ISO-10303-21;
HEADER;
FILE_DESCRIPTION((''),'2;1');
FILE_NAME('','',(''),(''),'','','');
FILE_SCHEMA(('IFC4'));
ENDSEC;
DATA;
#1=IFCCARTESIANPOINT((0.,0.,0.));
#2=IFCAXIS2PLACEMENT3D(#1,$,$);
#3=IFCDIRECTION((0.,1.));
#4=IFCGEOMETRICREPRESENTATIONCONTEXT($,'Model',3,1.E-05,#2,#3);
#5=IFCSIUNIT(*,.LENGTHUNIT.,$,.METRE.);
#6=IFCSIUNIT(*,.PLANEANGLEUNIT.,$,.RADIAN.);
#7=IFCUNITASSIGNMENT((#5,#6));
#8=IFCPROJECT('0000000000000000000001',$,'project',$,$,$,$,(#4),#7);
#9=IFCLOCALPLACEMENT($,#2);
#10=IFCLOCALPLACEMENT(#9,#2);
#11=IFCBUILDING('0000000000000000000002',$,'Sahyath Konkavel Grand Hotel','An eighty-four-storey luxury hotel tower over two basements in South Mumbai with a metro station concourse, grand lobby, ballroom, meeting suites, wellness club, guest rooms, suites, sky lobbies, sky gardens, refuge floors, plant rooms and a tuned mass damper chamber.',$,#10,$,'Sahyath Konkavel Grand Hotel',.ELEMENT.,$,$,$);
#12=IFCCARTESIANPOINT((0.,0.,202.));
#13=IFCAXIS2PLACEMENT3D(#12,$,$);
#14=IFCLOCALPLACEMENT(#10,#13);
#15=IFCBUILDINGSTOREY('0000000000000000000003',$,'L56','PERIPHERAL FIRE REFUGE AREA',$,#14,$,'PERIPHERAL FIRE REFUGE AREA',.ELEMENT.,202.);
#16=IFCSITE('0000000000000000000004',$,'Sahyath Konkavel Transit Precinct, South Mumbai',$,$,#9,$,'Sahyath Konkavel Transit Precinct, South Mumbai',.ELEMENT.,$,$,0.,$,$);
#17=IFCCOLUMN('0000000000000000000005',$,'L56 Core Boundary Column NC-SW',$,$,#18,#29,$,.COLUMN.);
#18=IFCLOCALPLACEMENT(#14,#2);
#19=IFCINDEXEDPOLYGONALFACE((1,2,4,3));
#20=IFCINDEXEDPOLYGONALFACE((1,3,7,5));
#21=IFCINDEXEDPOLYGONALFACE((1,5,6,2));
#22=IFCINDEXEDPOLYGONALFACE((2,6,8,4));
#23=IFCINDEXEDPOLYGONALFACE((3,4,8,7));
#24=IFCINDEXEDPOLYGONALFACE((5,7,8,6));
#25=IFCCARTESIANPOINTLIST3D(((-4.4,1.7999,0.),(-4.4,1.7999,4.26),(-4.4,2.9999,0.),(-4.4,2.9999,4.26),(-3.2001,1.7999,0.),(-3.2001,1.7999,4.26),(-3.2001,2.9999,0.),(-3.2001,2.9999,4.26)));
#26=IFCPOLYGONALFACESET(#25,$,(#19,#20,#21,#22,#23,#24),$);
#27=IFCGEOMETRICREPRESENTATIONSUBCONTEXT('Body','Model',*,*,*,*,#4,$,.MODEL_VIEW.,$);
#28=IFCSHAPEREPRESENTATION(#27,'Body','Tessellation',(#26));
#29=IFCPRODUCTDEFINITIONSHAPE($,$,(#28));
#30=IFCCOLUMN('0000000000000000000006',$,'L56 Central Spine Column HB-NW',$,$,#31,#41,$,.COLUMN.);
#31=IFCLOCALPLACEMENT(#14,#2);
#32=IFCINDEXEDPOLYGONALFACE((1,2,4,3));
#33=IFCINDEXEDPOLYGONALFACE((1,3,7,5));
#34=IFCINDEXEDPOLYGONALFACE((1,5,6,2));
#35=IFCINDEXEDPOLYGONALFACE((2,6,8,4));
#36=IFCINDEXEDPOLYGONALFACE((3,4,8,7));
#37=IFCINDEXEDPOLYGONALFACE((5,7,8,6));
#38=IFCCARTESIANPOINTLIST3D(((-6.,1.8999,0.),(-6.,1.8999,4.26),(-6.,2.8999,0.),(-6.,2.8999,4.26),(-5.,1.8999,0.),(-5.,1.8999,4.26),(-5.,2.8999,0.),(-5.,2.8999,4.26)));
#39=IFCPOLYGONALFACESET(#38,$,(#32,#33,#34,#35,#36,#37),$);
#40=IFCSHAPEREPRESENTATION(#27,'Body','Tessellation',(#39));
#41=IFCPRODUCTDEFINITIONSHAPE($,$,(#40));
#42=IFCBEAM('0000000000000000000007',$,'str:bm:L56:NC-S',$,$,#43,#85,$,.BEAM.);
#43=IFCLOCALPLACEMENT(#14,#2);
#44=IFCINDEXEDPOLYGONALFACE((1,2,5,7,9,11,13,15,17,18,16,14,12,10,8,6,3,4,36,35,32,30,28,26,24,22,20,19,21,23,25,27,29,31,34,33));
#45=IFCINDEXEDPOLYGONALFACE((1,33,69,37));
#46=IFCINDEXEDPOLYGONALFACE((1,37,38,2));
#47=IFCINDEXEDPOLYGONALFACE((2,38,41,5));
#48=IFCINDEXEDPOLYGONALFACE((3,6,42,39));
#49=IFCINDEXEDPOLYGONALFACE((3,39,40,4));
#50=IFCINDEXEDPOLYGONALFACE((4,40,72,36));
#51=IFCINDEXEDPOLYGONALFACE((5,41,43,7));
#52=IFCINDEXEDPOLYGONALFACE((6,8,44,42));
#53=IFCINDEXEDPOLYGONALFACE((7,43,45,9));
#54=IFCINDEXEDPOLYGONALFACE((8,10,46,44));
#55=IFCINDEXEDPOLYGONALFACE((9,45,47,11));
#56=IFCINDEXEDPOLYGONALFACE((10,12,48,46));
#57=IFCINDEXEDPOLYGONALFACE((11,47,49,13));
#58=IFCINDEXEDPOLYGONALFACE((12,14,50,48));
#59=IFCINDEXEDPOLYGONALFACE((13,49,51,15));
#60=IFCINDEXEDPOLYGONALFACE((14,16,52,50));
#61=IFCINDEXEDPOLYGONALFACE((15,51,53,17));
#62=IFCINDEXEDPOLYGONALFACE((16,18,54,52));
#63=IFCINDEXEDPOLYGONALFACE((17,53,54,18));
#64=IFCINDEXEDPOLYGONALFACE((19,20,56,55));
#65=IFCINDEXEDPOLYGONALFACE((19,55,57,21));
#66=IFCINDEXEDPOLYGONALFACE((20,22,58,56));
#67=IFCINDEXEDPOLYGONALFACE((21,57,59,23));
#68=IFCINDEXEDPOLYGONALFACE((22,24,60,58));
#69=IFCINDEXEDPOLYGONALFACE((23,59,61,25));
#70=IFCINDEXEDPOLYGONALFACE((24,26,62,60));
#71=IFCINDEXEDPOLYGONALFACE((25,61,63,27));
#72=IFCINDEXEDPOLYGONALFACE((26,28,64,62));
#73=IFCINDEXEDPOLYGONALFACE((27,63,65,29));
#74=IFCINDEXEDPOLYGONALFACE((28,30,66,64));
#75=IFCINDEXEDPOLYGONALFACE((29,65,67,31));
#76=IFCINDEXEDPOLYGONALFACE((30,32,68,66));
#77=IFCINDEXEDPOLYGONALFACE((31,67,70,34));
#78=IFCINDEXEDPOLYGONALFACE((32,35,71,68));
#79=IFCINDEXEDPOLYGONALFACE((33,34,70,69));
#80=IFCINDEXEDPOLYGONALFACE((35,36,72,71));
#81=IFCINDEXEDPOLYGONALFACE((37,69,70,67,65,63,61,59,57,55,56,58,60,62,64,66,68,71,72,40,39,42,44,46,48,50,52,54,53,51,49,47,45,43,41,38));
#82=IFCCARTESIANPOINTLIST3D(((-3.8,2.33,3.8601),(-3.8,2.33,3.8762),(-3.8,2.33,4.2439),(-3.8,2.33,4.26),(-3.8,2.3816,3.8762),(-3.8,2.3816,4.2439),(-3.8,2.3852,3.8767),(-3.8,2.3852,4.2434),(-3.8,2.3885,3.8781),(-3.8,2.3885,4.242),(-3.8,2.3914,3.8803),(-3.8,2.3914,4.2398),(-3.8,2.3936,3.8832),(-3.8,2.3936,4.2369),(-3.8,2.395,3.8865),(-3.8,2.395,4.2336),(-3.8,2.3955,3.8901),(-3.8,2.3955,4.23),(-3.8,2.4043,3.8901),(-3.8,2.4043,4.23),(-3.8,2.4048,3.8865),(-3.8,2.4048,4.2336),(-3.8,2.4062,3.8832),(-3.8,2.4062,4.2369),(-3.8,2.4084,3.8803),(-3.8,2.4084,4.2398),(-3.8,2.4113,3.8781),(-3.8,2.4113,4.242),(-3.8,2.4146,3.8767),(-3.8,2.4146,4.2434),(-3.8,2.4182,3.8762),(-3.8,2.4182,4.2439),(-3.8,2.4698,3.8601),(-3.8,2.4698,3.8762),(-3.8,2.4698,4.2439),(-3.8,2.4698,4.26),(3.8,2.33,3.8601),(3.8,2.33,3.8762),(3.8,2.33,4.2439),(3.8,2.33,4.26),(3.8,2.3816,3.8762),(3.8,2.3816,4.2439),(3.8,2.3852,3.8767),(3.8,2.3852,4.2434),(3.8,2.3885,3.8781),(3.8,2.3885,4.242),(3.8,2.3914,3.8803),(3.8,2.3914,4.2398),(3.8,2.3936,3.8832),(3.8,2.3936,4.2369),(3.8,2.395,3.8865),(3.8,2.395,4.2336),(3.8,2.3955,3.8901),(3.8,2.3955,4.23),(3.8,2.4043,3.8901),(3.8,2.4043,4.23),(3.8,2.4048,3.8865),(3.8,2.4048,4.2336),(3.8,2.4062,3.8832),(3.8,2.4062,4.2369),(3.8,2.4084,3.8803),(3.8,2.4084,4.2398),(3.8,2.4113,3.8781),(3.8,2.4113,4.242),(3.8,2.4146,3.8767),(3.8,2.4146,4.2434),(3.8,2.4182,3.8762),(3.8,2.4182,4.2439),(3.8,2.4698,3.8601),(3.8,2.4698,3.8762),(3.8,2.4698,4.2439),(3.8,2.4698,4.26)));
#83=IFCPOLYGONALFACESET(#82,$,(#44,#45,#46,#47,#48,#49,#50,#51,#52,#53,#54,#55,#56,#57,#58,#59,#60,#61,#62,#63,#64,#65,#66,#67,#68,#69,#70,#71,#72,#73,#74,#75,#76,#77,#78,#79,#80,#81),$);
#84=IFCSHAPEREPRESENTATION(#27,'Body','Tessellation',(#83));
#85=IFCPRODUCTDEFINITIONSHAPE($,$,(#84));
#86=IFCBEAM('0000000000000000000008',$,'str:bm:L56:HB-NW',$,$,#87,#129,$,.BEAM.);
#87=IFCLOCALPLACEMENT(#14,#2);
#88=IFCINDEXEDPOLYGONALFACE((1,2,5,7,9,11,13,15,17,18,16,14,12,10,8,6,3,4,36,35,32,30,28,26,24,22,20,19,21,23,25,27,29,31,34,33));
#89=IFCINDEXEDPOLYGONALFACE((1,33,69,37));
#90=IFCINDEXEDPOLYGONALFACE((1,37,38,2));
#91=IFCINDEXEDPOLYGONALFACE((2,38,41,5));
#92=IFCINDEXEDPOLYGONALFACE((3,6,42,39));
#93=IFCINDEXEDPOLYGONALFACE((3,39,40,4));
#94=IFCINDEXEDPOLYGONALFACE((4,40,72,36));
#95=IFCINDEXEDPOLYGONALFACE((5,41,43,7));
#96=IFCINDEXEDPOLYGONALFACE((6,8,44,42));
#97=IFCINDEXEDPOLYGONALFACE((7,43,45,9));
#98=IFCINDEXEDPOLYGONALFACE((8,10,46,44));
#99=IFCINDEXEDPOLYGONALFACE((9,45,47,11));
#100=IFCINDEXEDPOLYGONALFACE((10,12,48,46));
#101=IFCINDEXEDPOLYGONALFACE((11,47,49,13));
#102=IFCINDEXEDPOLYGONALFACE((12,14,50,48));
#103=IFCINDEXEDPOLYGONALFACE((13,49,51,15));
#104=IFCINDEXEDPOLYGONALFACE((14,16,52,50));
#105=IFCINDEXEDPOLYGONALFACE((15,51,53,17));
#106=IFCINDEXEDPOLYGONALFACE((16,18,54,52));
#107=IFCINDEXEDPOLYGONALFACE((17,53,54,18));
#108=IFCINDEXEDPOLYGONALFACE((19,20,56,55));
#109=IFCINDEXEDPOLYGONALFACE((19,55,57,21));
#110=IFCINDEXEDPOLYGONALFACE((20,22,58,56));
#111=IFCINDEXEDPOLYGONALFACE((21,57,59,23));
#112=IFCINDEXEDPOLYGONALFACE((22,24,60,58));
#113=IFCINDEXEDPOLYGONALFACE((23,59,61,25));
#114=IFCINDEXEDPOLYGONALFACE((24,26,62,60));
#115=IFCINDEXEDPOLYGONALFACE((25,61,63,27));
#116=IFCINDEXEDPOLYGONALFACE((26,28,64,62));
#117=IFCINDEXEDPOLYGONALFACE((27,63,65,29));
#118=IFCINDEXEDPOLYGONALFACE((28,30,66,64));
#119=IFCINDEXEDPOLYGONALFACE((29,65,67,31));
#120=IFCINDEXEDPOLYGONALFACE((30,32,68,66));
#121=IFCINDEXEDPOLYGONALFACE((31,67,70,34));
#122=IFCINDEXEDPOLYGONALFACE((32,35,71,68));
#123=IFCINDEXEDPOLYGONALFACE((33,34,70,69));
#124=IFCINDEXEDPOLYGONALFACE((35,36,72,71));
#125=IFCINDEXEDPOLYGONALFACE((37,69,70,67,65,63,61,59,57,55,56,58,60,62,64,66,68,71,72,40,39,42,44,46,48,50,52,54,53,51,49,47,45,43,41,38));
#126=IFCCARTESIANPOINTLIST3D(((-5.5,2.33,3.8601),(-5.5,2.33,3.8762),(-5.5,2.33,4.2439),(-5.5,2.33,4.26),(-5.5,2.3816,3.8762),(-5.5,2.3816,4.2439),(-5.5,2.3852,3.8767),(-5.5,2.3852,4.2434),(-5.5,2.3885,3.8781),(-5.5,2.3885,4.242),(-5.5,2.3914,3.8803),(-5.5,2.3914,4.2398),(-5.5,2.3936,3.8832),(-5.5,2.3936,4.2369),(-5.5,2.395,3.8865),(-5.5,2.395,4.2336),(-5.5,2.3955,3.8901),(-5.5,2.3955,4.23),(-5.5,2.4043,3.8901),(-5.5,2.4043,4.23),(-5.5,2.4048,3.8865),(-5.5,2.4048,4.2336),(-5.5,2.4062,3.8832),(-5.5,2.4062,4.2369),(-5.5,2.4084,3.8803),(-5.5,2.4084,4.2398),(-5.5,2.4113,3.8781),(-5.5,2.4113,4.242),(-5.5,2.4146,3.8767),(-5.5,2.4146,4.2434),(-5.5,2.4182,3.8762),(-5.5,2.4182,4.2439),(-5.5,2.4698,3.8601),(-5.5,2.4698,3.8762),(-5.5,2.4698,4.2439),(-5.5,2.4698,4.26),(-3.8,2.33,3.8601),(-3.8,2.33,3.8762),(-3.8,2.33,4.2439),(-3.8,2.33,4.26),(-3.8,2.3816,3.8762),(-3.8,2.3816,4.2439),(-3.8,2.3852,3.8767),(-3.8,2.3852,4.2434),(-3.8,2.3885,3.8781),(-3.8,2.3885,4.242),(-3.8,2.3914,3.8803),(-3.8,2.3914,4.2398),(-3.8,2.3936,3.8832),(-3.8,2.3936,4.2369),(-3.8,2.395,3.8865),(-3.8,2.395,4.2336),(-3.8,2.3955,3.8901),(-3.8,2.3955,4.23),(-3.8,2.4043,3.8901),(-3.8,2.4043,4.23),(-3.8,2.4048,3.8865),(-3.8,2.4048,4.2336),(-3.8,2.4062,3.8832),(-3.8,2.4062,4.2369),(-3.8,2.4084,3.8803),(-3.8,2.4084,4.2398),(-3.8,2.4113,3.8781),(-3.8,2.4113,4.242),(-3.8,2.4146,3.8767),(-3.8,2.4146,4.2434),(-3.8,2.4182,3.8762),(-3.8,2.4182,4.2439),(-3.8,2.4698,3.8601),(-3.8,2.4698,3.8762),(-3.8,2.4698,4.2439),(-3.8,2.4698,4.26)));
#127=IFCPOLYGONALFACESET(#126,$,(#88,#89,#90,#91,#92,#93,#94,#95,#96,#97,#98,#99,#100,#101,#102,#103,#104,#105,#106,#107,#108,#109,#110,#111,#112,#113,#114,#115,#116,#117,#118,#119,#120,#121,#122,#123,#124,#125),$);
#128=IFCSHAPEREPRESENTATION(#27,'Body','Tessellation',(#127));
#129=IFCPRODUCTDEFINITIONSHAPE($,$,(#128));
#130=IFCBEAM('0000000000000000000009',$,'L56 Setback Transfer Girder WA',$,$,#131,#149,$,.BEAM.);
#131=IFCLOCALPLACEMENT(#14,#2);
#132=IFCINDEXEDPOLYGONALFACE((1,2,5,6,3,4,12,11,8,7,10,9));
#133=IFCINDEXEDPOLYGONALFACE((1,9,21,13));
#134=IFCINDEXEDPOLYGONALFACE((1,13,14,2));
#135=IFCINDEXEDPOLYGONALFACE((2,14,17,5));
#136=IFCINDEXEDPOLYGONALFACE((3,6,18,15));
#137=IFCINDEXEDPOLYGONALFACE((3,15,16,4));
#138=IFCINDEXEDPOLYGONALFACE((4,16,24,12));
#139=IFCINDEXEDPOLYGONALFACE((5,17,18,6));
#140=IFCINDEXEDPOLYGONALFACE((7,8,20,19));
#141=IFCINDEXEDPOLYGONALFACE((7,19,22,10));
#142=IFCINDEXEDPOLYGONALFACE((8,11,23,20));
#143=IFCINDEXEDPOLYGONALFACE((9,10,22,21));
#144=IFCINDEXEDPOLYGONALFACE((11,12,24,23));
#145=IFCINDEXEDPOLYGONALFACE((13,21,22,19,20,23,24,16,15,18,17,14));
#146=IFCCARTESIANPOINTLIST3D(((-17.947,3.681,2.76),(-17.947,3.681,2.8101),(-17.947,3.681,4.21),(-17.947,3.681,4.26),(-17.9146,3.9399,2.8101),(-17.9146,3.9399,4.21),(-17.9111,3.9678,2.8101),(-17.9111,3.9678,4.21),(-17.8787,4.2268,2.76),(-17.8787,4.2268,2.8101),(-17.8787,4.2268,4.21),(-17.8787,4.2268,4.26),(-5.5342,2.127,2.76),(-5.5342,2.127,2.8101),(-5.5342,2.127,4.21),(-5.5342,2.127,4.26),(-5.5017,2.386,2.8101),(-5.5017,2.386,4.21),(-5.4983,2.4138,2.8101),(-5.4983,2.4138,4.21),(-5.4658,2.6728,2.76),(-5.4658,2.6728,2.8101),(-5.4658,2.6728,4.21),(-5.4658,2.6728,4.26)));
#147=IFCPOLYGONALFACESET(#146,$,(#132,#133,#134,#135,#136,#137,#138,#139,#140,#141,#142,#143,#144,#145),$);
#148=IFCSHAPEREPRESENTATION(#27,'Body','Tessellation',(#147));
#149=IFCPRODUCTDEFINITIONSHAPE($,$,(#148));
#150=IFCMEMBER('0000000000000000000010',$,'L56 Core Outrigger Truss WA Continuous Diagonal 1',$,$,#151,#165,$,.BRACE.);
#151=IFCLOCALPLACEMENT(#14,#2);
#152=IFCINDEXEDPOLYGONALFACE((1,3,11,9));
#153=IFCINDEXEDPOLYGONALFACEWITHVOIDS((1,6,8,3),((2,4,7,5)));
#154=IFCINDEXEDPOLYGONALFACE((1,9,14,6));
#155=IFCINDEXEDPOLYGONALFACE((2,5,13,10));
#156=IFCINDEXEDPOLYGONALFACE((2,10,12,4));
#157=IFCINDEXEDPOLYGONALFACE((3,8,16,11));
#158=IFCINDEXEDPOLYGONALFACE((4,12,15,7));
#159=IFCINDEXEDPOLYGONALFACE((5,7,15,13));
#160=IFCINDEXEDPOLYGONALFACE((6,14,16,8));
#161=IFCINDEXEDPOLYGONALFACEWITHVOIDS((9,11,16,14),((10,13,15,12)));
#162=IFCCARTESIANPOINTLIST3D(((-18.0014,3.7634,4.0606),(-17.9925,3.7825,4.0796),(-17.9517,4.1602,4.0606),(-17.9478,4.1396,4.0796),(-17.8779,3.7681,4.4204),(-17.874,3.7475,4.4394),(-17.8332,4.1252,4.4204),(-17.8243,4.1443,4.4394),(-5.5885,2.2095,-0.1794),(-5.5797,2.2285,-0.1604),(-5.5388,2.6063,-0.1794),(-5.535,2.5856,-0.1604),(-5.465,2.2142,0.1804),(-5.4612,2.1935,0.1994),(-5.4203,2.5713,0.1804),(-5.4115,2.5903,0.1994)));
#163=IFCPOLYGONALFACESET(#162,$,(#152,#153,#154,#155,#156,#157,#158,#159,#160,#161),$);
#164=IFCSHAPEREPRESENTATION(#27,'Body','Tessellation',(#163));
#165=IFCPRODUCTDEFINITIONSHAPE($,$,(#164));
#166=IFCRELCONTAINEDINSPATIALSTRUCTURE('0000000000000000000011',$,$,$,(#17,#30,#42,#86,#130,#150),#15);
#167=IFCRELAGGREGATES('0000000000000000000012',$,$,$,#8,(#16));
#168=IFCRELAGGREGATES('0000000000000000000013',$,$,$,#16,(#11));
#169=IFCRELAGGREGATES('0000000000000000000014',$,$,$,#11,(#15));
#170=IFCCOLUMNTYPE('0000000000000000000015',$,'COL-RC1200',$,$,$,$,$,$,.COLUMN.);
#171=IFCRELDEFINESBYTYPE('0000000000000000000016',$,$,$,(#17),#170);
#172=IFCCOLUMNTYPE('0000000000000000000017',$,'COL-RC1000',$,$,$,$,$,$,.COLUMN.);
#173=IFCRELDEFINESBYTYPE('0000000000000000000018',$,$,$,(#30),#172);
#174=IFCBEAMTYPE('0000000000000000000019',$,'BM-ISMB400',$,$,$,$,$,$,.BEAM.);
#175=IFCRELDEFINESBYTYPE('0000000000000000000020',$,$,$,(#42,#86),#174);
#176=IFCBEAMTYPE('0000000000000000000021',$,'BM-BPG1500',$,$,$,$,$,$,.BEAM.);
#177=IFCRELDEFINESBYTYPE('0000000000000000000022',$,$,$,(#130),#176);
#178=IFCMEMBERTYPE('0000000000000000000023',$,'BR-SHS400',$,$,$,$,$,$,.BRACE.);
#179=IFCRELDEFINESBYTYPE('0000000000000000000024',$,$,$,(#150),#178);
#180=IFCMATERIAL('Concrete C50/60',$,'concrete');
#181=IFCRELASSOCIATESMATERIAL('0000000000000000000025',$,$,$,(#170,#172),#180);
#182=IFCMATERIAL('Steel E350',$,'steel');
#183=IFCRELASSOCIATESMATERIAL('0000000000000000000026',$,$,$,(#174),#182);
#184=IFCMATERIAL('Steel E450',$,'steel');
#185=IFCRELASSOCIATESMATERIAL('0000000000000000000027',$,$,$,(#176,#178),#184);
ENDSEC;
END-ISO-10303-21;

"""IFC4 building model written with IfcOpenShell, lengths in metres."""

from ifc_helpers import new_model, si_unit, direction, frame, origin, origin_2d, place, context, subcontext, project, spatial, rectangle, hollow_rectangle, i_section, extrude, source, transform, mapped, material, material_profile, profile_set, type_object, element, save


model = new_model("IFC4")

# Units and contexts
model_context = context("Model", 3, precision=1e-05, world=origin(), true_north=direction((0.0, 1.0)))
body_context = subcontext(model_context, "Body", "Model", "MODEL_VIEW")
ifc_project = project(units=[si_unit("LENGTHUNIT", "METRE"), si_unit("PLANEANGLEUNIT", "RADIAN")], contexts=[model_context])

# Site, building, storey
site_placement = place(None, origin())
site = spatial("IfcSite", under=ifc_project, at=site_placement, Name="Sahyath Konkavel Transit Precinct, South Mumbai", LongName="Sahyath Konkavel Transit Precinct, South Mumbai", CompositionType="ELEMENT", RefElevation=0.0)
building_placement = place(site_placement, origin())
building = spatial("IfcBuilding", under=site, at=building_placement, Name="Sahyath Konkavel Grand Hotel", Description="An eighty-four-storey luxury hotel tower over two basements in South Mumbai with a metro station concourse, grand lobby, ballroom, meeting suites, wellness club, guest rooms, suites, sky lobbies, sky gardens, refuge floors, plant rooms and a tuned mass damper chamber.", LongName="Sahyath Konkavel Grand Hotel", CompositionType="ELEMENT")
storey_placement = place(building_placement, frame((0.0, 0.0, 202.0)))
storey = spatial("IfcBuildingStorey", under=building, at=storey_placement, Name="L56", Description="PERIPHERAL FIRE REFUGE AREA", LongName="PERIPHERAL FIRE REFUGE AREA", CompositionType="ELEMENT", Elevation=202.0)

# Columns
ifc_material_1 = material(Name="Concrete C50/60", Category="concrete")
ifc_material_profile_1 = material_profile(ifc_material_1, rectangle(XDim=1.2, YDim=1.2, at=origin_2d()), Name="RC 1200x1200")
ifc_profile_set_1 = profile_set([ifc_material_profile_1], Name="Concrete C50/60")
column_type_1 = type_object("IfcColumnType", Name="COL-RC1200", PredefinedType="COLUMN", material=ifc_profile_set_1)
shared_shape_1 = source(origin(), body_context, "Body", "SweptSolid", [
    extrude(rectangle(XDim=1.2, YDim=1.2, at=origin_2d()), origin(), (0.0, 0.0, 1.0), 4.26),
])
column_1_placement = place(storey_placement, frame((-3.8, 2.3999, 0.0), z_axis=(0.0, 0.0, 1.0), x_axis=(1.0, 0.0, 0.0)))
element("IfcColumn", 1, at=column_1_placement, inside=storey, type_object=column_type_1, Name="L56 Core Boundary Column NC-SW", PredefinedType="COLUMN", context=body_context, shape_type="MappedRepresentation", body=[
    mapped(shared_shape_1, transform((0.0, 0.0, 0.0), scale=1.0)),
])
ifc_material_profile_2 = material_profile(ifc_material_1, rectangle(XDim=1.0, YDim=1.0, at=origin_2d()), Name="RC 1000x1000")
ifc_profile_set_2 = profile_set([ifc_material_profile_2], Name="Concrete C50/60")
column_type_2 = type_object("IfcColumnType", Name="COL-RC1000", PredefinedType="COLUMN", material=ifc_profile_set_2)
shared_shape_2 = source(origin(), body_context, "Body", "SweptSolid", [
    extrude(rectangle(XDim=1.0, YDim=1.0, at=origin_2d()), origin(), (0.0, 0.0, 1.0), 4.26),
])
column_2_placement = place(storey_placement, frame((-5.5, 2.3999, 0.0), z_axis=(0.0, 0.0, 1.0), x_axis=(1.0, 0.0, 0.0)))
element("IfcColumn", 2, at=column_2_placement, inside=storey, type_object=column_type_2, Name="L56 Central Spine Column HB-NW", PredefinedType="COLUMN", context=body_context, shape_type="MappedRepresentation", body=[
    mapped(shared_shape_2, transform((0.0, 0.0, 0.0), scale=1.0)),
])

# Beams
ifc_material_2 = material(Name="Steel E350", Category="steel")
ifc_material_profile_3 = material_profile(ifc_material_2, i_section(OverallWidth=0.1399, OverallDepth=0.3999, WebThickness=0.0088, FlangeThickness=0.0161, FilletRadius=0.0139, at=origin_2d()), Name="ISMB 400")
ifc_profile_set_3 = profile_set([ifc_material_profile_3], Name="Steel E350")
beam_type_1 = type_object("IfcBeamType", Name="BM-ISMB400", PredefinedType="BEAM", material=ifc_profile_set_3)
shared_shape_3 = source(origin(), body_context, "Body", "SweptSolid", [
    extrude(i_section(OverallWidth=0.1399, OverallDepth=0.3999, WebThickness=0.0088, FlangeThickness=0.0161, FilletRadius=0.0139, at=origin_2d()), origin(), (0.0, 0.0, 1.0), 7.6001),
])
beam_1_placement = place(storey_placement, frame((-3.8, 2.3999, 4.0601), z_axis=(1.0, 0.0, 0.0), x_axis=(0.0, 1.0, 0.0)))
element("IfcBeam", 3, at=beam_1_placement, inside=storey, type_object=beam_type_1, Name="str:bm:L56:NC-S", PredefinedType="BEAM", context=body_context, shape_type="MappedRepresentation", body=[
    mapped(shared_shape_3, transform((0.0, 0.0, 0.0), scale=1.0)),
])
shared_shape_4 = source(origin(), body_context, "Body", "SweptSolid", [
    extrude(i_section(OverallWidth=0.1399, OverallDepth=0.3999, WebThickness=0.0088, FlangeThickness=0.0161, FilletRadius=0.0139, at=origin_2d()), origin(), (0.0, 0.0, 1.0), 1.7),
])
beam_2_placement = place(storey_placement, frame((-5.5, 2.3999, 4.0601), z_axis=(1.0, 0.0, 0.0), x_axis=(0.0, 1.0, 0.0)))
element("IfcBeam", 4, at=beam_2_placement, inside=storey, type_object=beam_type_1, Name="str:bm:L56:HB-NW", PredefinedType="BEAM", context=body_context, shape_type="MappedRepresentation", body=[
    mapped(shared_shape_4, transform((0.0, 0.0, 0.0), scale=1.0)),
])
ifc_material_3 = material(Name="Steel E450", Category="steel")
ifc_material_profile_4 = material_profile(ifc_material_3, i_section(OverallWidth=0.55, OverallDepth=1.5, WebThickness=0.0281, FlangeThickness=0.05, at=origin_2d()), Name="BPG 1500x550")
ifc_profile_set_4 = profile_set([ifc_material_profile_4], Name="Steel E450")
beam_type_2 = type_object("IfcBeamType", Name="BM-BPG1500", PredefinedType="BEAM", material=ifc_profile_set_4)
shared_shape_5 = source(origin(), body_context, "Body", "SweptSolid", [
    extrude(i_section(OverallWidth=0.55, OverallDepth=1.5, WebThickness=0.0281, FlangeThickness=0.05, at=origin_2d()), origin(), (0.0, 0.0, 1.0), 12.5098),
])
beam_3_placement = place(storey_placement, frame((-5.5, 2.3999, 3.51), z_axis=(-0.992255, 0.12422, 0.0), x_axis=(-0.12422, -0.992255, 0.0)))
element("IfcBeam", 5, at=beam_3_placement, inside=storey, type_object=beam_type_2, Name="L56 Setback Transfer Girder WA", PredefinedType="BEAM", context=body_context, shape_type="MappedRepresentation", body=[
    mapped(shared_shape_5, transform((0.0, 0.0, 0.0), scale=1.0)),
])

# Member
ifc_material_profile_5 = material_profile(ifc_material_3, hollow_rectangle(XDim=0.3999, YDim=0.3999, WallThickness=0.02, at=origin_2d()), Name="SHS 400x400x20")
ifc_profile_set_5 = profile_set([ifc_material_profile_5], Name="Steel E450")
member_type_1 = type_object("IfcMemberType", Name="BR-SHS400", PredefinedType="BRACE", material=ifc_profile_set_5)
shared_shape_6 = source(origin(), body_context, "Body", "SweptSolid", [
    extrude(hollow_rectangle(XDim=0.3999, YDim=0.3999, WallThickness=0.02, at=origin_2d()), origin(), (0.0, 0.0, 1.0), 13.2087),
])
member_1_placement = place(storey_placement, frame((-5.5, 2.3999, 0.01), z_axis=(-0.939744, 0.117646, 0.320999), x_axis=(-0.12422, -0.992255, 0.0)))
element("IfcMember", 6, at=member_1_placement, inside=storey, type_object=member_type_1, Name="L56 Core Outrigger Truss WA Continuous Diagonal 1", PredefinedType="BRACE", context=body_context, shape_type="MappedRepresentation", body=[
    mapped(shared_shape_6, transform((0.0, 0.0, 0.0), scale=1.0)),
])

save(model, "model.ifc")
